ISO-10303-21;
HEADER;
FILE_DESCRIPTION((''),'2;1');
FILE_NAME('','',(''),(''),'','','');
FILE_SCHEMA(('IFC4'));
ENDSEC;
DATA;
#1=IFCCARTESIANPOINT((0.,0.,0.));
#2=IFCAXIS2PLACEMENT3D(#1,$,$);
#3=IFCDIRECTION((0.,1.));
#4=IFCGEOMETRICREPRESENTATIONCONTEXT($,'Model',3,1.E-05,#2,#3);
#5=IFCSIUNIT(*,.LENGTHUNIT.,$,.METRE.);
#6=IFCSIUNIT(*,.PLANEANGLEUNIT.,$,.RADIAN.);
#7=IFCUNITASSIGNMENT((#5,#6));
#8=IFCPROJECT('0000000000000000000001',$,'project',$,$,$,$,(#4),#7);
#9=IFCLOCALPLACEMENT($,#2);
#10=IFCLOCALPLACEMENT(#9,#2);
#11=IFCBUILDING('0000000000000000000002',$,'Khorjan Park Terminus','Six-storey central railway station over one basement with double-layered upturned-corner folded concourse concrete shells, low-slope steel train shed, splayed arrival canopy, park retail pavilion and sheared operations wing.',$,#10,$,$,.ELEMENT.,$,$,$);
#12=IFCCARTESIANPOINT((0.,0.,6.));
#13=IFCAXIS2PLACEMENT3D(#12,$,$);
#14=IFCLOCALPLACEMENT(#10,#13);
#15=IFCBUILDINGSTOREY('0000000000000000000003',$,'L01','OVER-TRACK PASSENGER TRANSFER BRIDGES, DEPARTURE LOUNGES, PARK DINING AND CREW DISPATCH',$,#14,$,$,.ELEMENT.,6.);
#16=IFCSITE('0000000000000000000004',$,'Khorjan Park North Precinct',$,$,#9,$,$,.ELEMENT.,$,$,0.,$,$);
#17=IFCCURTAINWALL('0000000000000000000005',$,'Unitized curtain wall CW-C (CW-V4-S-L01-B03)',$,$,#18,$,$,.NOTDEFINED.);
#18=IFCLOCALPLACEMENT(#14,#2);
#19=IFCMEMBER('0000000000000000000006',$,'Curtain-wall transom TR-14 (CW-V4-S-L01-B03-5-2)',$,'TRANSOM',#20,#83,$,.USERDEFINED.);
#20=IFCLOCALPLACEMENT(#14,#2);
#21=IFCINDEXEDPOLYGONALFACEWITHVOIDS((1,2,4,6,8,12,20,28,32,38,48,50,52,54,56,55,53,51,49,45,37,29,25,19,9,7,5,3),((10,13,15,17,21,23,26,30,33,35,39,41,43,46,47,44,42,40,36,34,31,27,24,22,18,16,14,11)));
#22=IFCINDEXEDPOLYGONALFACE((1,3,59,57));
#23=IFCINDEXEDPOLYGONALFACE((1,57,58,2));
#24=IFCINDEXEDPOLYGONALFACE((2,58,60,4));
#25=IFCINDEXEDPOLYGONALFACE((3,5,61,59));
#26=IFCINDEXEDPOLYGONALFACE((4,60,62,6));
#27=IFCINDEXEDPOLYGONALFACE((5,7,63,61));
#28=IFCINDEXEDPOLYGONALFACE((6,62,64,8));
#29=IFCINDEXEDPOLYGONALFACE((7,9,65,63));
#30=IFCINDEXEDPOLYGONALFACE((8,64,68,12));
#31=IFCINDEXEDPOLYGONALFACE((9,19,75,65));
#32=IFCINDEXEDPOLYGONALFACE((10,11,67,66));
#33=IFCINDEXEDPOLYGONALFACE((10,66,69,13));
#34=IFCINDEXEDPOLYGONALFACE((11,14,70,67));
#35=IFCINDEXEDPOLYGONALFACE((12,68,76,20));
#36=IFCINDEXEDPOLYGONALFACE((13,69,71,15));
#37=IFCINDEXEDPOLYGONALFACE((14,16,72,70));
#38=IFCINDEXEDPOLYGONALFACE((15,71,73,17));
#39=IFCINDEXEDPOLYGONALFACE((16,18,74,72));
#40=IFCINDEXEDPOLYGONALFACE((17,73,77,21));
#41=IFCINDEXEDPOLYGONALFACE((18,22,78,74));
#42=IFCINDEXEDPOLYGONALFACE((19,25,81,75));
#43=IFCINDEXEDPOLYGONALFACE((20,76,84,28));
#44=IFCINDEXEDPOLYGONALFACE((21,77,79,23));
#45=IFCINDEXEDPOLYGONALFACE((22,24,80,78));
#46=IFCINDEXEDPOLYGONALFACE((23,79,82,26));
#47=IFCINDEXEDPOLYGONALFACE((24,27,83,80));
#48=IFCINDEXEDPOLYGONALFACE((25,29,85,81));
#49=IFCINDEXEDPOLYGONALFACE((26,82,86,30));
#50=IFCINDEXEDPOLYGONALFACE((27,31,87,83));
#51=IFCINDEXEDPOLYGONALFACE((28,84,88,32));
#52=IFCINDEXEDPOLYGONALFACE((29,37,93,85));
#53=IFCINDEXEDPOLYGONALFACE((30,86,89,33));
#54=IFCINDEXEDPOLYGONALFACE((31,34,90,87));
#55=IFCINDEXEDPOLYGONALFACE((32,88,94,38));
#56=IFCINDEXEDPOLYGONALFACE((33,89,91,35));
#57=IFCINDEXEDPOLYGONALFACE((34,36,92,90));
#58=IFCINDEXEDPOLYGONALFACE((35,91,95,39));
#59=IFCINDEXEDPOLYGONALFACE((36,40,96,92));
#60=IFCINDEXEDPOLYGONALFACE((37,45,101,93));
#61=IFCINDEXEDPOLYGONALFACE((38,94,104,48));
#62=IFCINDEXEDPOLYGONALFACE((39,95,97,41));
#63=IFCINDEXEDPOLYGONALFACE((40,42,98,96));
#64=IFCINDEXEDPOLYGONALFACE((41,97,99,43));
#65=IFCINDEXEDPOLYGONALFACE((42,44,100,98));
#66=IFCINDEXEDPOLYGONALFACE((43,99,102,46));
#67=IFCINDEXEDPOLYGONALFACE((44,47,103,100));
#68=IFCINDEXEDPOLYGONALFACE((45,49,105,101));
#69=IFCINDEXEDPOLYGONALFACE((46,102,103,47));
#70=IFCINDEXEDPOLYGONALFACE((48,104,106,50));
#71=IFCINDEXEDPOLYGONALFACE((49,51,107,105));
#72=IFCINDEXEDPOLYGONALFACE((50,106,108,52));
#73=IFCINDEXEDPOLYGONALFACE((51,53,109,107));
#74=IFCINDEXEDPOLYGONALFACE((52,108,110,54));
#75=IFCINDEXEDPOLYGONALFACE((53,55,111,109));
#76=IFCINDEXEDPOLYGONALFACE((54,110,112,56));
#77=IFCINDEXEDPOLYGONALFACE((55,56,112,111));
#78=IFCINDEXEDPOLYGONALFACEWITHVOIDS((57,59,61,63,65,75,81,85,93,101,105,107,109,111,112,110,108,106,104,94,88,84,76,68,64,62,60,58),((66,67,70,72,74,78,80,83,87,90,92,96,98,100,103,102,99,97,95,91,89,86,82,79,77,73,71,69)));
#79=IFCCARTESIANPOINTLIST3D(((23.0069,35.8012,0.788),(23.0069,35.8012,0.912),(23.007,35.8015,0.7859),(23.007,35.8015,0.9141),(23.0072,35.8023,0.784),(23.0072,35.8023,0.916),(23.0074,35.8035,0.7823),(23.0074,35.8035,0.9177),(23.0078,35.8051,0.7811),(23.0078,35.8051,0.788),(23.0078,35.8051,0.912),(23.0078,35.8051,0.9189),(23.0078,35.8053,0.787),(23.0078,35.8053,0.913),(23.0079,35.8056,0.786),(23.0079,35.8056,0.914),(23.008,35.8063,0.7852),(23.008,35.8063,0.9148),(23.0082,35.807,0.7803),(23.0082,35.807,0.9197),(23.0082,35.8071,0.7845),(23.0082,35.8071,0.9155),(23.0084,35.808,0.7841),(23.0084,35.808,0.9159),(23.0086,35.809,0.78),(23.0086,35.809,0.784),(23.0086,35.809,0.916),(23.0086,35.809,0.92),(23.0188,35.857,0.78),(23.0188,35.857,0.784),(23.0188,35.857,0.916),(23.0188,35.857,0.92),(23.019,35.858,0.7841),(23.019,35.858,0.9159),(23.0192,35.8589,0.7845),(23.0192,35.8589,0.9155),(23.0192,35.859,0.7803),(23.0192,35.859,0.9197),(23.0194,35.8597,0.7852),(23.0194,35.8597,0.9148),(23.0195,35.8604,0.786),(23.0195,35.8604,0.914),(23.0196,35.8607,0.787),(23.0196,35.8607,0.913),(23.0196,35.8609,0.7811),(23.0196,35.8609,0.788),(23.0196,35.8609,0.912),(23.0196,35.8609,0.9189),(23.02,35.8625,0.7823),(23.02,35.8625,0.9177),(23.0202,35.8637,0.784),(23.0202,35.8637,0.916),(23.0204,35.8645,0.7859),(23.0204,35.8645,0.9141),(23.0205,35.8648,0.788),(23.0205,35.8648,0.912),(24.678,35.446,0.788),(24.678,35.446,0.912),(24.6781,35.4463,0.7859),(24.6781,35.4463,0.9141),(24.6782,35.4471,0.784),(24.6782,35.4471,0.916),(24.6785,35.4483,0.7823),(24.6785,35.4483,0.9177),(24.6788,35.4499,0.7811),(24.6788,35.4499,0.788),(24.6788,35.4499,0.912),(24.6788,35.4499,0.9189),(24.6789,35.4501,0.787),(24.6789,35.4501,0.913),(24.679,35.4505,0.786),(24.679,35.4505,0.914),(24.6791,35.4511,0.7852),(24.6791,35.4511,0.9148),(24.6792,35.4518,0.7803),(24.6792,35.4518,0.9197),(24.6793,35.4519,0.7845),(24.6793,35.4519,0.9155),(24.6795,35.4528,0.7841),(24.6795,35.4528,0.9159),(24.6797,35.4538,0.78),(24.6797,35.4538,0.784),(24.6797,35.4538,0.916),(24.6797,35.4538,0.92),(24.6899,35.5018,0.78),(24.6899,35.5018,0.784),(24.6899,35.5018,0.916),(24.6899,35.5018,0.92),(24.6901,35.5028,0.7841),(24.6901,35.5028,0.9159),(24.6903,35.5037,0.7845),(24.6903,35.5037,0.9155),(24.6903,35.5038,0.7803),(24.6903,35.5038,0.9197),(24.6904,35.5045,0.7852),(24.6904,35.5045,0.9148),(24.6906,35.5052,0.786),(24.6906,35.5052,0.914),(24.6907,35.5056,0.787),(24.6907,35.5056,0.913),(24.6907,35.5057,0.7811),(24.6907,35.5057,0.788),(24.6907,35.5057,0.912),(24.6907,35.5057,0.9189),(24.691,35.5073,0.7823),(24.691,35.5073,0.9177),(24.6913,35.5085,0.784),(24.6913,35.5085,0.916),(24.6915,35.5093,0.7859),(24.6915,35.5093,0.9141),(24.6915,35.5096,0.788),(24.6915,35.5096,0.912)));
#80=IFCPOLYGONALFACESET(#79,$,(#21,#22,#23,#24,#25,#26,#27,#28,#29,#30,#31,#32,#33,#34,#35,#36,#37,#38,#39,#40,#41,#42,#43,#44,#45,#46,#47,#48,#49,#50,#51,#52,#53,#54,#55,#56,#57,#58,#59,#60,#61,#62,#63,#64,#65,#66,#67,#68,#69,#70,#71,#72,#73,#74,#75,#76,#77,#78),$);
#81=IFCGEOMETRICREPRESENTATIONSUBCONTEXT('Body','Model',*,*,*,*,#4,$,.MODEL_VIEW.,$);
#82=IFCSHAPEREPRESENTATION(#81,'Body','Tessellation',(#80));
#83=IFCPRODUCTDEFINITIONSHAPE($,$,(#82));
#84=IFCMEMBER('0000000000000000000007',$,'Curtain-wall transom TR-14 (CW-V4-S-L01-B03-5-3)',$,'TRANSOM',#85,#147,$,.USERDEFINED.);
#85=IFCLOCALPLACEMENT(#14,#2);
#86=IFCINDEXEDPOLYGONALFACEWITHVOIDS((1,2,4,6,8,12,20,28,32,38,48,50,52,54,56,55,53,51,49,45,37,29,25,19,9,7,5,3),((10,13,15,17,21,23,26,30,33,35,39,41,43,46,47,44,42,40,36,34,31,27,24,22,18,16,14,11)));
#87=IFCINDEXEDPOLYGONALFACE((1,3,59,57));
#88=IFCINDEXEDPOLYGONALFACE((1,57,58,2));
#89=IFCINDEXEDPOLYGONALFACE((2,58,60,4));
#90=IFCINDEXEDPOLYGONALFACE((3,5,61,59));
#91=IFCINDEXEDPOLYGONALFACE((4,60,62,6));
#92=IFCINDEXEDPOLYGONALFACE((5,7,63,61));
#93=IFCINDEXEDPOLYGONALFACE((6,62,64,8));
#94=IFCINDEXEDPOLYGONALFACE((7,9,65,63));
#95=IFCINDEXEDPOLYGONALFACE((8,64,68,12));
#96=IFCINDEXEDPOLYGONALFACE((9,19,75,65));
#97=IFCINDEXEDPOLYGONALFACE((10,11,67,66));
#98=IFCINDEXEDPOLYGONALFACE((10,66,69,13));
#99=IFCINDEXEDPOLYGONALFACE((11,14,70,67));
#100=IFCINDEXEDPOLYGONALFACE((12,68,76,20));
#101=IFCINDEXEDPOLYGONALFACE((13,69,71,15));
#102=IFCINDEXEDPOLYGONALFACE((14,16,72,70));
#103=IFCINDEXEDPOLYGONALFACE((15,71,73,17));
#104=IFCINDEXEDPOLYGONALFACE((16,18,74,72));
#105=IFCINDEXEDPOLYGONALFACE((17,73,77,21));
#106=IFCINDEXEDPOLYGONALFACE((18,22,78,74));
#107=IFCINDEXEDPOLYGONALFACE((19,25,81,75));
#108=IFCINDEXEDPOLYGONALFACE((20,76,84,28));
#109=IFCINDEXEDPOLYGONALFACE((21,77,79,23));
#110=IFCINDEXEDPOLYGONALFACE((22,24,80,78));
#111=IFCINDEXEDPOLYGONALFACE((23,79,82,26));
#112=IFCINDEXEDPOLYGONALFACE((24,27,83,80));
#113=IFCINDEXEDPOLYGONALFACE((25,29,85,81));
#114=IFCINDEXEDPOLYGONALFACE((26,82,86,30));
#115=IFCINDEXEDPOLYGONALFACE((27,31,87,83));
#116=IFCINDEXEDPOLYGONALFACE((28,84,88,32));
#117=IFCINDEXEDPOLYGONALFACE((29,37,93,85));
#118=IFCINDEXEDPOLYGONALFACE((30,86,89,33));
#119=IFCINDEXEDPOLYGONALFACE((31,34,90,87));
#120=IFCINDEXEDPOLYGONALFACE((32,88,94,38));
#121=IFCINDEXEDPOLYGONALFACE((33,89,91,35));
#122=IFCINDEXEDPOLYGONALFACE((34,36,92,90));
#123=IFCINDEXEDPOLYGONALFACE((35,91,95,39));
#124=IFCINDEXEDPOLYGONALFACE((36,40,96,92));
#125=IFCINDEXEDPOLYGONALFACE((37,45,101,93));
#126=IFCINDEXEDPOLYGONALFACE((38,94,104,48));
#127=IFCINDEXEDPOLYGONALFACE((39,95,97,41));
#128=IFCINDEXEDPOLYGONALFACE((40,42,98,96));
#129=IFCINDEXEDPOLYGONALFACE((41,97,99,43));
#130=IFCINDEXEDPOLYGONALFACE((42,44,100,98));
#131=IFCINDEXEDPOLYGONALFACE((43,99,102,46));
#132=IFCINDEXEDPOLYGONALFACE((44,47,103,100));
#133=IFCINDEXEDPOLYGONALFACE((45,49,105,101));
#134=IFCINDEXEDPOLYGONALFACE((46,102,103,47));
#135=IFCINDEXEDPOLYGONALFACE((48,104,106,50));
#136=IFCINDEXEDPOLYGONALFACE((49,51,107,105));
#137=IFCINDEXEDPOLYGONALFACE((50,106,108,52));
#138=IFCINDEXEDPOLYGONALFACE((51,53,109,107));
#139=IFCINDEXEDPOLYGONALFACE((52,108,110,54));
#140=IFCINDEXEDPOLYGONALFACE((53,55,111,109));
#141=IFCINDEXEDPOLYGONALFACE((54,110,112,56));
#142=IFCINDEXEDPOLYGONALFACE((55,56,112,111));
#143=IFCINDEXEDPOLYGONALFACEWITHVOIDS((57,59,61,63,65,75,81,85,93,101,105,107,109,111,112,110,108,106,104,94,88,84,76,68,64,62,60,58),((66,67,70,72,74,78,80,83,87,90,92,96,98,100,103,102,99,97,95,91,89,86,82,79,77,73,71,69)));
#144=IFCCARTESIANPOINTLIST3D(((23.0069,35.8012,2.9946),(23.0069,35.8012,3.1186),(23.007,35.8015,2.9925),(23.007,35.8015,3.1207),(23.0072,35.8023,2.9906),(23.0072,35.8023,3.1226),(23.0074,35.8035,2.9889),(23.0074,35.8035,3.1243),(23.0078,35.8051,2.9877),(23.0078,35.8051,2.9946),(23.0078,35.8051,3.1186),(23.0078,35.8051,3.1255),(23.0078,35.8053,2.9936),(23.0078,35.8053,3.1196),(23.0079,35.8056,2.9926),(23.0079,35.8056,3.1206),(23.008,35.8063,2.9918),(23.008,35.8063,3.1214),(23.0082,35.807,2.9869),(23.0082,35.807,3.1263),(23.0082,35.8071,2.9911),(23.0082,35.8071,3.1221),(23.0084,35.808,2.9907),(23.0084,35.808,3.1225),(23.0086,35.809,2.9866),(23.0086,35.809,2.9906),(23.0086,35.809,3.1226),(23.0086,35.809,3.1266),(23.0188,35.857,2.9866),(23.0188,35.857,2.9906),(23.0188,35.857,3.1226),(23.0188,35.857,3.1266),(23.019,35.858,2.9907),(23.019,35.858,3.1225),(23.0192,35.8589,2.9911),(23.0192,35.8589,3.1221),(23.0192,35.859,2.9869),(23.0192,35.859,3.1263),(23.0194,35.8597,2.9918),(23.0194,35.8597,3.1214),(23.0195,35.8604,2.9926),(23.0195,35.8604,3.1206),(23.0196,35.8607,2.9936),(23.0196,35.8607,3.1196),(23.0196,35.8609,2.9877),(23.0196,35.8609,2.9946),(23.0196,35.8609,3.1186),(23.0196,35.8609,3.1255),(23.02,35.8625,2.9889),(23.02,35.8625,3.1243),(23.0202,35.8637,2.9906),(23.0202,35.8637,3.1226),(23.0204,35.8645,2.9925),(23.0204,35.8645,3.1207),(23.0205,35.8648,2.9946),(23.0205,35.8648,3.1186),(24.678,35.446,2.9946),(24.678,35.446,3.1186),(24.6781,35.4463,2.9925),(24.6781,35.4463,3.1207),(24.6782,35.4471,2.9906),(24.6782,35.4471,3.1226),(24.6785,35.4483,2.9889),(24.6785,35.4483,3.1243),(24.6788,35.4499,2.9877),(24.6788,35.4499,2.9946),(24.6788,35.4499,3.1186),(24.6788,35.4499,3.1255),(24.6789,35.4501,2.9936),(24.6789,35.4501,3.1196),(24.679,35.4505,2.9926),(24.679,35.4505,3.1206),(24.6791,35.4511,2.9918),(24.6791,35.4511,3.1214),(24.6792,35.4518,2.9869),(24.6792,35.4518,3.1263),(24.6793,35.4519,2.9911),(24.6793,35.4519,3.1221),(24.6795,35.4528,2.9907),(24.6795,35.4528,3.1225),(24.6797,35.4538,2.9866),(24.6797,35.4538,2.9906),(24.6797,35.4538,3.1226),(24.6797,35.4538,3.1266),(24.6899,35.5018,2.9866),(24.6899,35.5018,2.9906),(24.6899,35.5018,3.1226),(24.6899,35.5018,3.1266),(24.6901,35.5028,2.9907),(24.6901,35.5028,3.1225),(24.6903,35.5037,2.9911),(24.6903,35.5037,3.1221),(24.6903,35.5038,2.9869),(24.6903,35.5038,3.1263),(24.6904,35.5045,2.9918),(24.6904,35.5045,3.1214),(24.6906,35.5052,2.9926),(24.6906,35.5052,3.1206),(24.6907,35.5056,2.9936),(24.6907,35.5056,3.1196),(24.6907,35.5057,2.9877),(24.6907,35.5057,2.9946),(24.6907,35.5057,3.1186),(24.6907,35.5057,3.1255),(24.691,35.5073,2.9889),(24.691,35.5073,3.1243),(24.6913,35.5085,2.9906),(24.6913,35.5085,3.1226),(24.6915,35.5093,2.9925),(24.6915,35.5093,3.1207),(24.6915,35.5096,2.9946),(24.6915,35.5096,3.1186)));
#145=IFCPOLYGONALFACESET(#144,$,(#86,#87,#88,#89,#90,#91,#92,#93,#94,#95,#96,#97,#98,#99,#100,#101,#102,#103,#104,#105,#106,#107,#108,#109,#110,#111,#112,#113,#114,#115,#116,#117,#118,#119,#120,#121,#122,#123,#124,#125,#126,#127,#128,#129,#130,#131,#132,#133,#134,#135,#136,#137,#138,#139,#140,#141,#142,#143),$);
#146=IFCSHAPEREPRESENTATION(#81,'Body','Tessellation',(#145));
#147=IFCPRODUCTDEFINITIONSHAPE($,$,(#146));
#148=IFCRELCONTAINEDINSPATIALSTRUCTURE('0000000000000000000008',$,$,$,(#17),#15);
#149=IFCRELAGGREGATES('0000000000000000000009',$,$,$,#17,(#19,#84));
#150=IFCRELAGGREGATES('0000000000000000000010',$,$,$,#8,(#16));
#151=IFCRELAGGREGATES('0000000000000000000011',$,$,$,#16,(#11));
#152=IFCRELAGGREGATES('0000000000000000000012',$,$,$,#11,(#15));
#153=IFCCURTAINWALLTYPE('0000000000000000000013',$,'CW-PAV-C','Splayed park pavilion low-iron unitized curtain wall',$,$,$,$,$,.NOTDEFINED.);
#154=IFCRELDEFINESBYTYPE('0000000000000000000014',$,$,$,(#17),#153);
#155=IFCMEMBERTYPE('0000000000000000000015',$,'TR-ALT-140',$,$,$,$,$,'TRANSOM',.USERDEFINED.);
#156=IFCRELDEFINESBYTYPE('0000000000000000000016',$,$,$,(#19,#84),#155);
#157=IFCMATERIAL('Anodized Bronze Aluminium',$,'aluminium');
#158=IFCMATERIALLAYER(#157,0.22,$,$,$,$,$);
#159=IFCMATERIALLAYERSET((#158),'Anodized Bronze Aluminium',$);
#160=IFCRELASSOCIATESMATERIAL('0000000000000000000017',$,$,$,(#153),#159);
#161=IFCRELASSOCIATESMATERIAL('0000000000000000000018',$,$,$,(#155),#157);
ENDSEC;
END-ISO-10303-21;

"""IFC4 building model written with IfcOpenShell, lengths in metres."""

from ifc_helpers import new_model, si_unit, direction, frame, origin, origin_2d, place, context, subcontext, project, spatial, hollow_rectangle, extrude, material, layer, layer_set, material_profile, profile_set, type_object, element, aggregate, save


model = new_model("IFC4")

# Units and contexts
model_context = context("Model", 3, precision=1e-05, world=origin(), true_north=direction((0.0, 1.0)))
body_context = subcontext(model_context, "Body", "Model", "MODEL_VIEW")
ifc_project = project(units=[si_unit("LENGTHUNIT", "METRE"), si_unit("PLANEANGLEUNIT", "RADIAN")], contexts=[model_context])

# Site, building, storey
site_placement = place(None, origin())
site = spatial("IfcSite", under=ifc_project, at=site_placement, Name="Khorjan Park North Precinct", CompositionType="ELEMENT", RefElevation=0.0)
building_placement = place(site_placement, origin())
building = spatial("IfcBuilding", under=site, at=building_placement, Name="Khorjan Park Terminus", Description="Six-storey central railway station over one basement with double-layered upturned-corner folded concourse concrete shells, low-slope steel train shed, splayed arrival canopy, park retail pavilion and sheared operations wing.", CompositionType="ELEMENT")
storey_placement = place(building_placement, frame((0.0, 0.0, 6.0)))
storey = spatial("IfcBuildingStorey", under=building, at=storey_placement, Name="L01", Description="OVER-TRACK PASSENGER TRANSFER BRIDGES, DEPARTURE LOUNGES, PARK DINING AND CREW DISPATCH", CompositionType="ELEMENT", Elevation=6.0)

# Curtain wall, members
ifc_material_1 = material(Name="Anodized Bronze Aluminium", Category="aluminium")
ifc_layer_1 = layer(ifc_material_1, 0.22)
ifc_layer_set_1 = layer_set([ifc_layer_1], Name="Anodized Bronze Aluminium")
curtain_wall_type = type_object("IfcCurtainWallType", Name="CW-PAV-C", Description="Splayed park pavilion low-iron unitized curtain wall", PredefinedType="NOTDEFINED", material=ifc_layer_set_1)
curtain_wall_1_placement = place(storey_placement, origin())
curtain_wall_1 = element("IfcCurtainWall", 1, at=curtain_wall_1_placement, inside=storey, type_object=curtain_wall_type, Name="Unitized curtain wall CW-C (CW-V4-S-L01-B03)", PredefinedType="NOTDEFINED")
ifc_material_profile_1 = material_profile(ifc_material_1, hollow_rectangle(XDim=0.065, YDim=0.14, WallThickness=0.004, InnerFilletRadius=0.004, OuterFilletRadius=0.008, at=origin_2d()), Name="ALT 65x140x4")
ifc_profile_set_1 = profile_set([ifc_material_profile_1], Name="Anodized Bronze Aluminium")
member_type_1 = type_object("IfcMemberType", Name="TR-ALT-140", ElementType="TRANSOM", PredefinedType="USERDEFINED", material=ifc_profile_set_1)
member_1_placement = place(storey_placement, frame((23.0137, 35.833, 0.85), z_axis=(0.978148, -0.20791, 0.0), x_axis=(0.20791, 0.978148, 0.0)))
member_1 = element("IfcMember", 2, at=member_1_placement, type_object=member_type_1, Name="Curtain-wall transom TR-14 (CW-V4-S-L01-B03-5-2)", ObjectType="TRANSOM", PredefinedType="USERDEFINED", context=body_context, shape_type="SweptSolid", body=[
    extrude(hollow_rectangle(XDim=0.065, YDim=0.14, WallThickness=0.004, InnerFilletRadius=0.004, OuterFilletRadius=0.008, at=origin_2d()), origin(), (0.0, 0.0, 1.0), 1.7084),
])
member_2_placement = place(storey_placement, frame((23.0137, 35.833, 3.0566), z_axis=(0.978148, -0.20791, 0.0), x_axis=(0.20791, 0.978148, 0.0)))
member_2 = element("IfcMember", 3, at=member_2_placement, type_object=member_type_1, Name="Curtain-wall transom TR-14 (CW-V4-S-L01-B03-5-3)", ObjectType="TRANSOM", PredefinedType="USERDEFINED", context=body_context, shape_type="SweptSolid", body=[
    extrude(hollow_rectangle(XDim=0.065, YDim=0.14, WallThickness=0.004, InnerFilletRadius=0.004, OuterFilletRadius=0.008, at=origin_2d()), origin(), (0.0, 0.0, 1.0), 1.7084),
])

aggregate(curtain_wall_1, [member_1, member_2])

save(model, "model.ifc")
